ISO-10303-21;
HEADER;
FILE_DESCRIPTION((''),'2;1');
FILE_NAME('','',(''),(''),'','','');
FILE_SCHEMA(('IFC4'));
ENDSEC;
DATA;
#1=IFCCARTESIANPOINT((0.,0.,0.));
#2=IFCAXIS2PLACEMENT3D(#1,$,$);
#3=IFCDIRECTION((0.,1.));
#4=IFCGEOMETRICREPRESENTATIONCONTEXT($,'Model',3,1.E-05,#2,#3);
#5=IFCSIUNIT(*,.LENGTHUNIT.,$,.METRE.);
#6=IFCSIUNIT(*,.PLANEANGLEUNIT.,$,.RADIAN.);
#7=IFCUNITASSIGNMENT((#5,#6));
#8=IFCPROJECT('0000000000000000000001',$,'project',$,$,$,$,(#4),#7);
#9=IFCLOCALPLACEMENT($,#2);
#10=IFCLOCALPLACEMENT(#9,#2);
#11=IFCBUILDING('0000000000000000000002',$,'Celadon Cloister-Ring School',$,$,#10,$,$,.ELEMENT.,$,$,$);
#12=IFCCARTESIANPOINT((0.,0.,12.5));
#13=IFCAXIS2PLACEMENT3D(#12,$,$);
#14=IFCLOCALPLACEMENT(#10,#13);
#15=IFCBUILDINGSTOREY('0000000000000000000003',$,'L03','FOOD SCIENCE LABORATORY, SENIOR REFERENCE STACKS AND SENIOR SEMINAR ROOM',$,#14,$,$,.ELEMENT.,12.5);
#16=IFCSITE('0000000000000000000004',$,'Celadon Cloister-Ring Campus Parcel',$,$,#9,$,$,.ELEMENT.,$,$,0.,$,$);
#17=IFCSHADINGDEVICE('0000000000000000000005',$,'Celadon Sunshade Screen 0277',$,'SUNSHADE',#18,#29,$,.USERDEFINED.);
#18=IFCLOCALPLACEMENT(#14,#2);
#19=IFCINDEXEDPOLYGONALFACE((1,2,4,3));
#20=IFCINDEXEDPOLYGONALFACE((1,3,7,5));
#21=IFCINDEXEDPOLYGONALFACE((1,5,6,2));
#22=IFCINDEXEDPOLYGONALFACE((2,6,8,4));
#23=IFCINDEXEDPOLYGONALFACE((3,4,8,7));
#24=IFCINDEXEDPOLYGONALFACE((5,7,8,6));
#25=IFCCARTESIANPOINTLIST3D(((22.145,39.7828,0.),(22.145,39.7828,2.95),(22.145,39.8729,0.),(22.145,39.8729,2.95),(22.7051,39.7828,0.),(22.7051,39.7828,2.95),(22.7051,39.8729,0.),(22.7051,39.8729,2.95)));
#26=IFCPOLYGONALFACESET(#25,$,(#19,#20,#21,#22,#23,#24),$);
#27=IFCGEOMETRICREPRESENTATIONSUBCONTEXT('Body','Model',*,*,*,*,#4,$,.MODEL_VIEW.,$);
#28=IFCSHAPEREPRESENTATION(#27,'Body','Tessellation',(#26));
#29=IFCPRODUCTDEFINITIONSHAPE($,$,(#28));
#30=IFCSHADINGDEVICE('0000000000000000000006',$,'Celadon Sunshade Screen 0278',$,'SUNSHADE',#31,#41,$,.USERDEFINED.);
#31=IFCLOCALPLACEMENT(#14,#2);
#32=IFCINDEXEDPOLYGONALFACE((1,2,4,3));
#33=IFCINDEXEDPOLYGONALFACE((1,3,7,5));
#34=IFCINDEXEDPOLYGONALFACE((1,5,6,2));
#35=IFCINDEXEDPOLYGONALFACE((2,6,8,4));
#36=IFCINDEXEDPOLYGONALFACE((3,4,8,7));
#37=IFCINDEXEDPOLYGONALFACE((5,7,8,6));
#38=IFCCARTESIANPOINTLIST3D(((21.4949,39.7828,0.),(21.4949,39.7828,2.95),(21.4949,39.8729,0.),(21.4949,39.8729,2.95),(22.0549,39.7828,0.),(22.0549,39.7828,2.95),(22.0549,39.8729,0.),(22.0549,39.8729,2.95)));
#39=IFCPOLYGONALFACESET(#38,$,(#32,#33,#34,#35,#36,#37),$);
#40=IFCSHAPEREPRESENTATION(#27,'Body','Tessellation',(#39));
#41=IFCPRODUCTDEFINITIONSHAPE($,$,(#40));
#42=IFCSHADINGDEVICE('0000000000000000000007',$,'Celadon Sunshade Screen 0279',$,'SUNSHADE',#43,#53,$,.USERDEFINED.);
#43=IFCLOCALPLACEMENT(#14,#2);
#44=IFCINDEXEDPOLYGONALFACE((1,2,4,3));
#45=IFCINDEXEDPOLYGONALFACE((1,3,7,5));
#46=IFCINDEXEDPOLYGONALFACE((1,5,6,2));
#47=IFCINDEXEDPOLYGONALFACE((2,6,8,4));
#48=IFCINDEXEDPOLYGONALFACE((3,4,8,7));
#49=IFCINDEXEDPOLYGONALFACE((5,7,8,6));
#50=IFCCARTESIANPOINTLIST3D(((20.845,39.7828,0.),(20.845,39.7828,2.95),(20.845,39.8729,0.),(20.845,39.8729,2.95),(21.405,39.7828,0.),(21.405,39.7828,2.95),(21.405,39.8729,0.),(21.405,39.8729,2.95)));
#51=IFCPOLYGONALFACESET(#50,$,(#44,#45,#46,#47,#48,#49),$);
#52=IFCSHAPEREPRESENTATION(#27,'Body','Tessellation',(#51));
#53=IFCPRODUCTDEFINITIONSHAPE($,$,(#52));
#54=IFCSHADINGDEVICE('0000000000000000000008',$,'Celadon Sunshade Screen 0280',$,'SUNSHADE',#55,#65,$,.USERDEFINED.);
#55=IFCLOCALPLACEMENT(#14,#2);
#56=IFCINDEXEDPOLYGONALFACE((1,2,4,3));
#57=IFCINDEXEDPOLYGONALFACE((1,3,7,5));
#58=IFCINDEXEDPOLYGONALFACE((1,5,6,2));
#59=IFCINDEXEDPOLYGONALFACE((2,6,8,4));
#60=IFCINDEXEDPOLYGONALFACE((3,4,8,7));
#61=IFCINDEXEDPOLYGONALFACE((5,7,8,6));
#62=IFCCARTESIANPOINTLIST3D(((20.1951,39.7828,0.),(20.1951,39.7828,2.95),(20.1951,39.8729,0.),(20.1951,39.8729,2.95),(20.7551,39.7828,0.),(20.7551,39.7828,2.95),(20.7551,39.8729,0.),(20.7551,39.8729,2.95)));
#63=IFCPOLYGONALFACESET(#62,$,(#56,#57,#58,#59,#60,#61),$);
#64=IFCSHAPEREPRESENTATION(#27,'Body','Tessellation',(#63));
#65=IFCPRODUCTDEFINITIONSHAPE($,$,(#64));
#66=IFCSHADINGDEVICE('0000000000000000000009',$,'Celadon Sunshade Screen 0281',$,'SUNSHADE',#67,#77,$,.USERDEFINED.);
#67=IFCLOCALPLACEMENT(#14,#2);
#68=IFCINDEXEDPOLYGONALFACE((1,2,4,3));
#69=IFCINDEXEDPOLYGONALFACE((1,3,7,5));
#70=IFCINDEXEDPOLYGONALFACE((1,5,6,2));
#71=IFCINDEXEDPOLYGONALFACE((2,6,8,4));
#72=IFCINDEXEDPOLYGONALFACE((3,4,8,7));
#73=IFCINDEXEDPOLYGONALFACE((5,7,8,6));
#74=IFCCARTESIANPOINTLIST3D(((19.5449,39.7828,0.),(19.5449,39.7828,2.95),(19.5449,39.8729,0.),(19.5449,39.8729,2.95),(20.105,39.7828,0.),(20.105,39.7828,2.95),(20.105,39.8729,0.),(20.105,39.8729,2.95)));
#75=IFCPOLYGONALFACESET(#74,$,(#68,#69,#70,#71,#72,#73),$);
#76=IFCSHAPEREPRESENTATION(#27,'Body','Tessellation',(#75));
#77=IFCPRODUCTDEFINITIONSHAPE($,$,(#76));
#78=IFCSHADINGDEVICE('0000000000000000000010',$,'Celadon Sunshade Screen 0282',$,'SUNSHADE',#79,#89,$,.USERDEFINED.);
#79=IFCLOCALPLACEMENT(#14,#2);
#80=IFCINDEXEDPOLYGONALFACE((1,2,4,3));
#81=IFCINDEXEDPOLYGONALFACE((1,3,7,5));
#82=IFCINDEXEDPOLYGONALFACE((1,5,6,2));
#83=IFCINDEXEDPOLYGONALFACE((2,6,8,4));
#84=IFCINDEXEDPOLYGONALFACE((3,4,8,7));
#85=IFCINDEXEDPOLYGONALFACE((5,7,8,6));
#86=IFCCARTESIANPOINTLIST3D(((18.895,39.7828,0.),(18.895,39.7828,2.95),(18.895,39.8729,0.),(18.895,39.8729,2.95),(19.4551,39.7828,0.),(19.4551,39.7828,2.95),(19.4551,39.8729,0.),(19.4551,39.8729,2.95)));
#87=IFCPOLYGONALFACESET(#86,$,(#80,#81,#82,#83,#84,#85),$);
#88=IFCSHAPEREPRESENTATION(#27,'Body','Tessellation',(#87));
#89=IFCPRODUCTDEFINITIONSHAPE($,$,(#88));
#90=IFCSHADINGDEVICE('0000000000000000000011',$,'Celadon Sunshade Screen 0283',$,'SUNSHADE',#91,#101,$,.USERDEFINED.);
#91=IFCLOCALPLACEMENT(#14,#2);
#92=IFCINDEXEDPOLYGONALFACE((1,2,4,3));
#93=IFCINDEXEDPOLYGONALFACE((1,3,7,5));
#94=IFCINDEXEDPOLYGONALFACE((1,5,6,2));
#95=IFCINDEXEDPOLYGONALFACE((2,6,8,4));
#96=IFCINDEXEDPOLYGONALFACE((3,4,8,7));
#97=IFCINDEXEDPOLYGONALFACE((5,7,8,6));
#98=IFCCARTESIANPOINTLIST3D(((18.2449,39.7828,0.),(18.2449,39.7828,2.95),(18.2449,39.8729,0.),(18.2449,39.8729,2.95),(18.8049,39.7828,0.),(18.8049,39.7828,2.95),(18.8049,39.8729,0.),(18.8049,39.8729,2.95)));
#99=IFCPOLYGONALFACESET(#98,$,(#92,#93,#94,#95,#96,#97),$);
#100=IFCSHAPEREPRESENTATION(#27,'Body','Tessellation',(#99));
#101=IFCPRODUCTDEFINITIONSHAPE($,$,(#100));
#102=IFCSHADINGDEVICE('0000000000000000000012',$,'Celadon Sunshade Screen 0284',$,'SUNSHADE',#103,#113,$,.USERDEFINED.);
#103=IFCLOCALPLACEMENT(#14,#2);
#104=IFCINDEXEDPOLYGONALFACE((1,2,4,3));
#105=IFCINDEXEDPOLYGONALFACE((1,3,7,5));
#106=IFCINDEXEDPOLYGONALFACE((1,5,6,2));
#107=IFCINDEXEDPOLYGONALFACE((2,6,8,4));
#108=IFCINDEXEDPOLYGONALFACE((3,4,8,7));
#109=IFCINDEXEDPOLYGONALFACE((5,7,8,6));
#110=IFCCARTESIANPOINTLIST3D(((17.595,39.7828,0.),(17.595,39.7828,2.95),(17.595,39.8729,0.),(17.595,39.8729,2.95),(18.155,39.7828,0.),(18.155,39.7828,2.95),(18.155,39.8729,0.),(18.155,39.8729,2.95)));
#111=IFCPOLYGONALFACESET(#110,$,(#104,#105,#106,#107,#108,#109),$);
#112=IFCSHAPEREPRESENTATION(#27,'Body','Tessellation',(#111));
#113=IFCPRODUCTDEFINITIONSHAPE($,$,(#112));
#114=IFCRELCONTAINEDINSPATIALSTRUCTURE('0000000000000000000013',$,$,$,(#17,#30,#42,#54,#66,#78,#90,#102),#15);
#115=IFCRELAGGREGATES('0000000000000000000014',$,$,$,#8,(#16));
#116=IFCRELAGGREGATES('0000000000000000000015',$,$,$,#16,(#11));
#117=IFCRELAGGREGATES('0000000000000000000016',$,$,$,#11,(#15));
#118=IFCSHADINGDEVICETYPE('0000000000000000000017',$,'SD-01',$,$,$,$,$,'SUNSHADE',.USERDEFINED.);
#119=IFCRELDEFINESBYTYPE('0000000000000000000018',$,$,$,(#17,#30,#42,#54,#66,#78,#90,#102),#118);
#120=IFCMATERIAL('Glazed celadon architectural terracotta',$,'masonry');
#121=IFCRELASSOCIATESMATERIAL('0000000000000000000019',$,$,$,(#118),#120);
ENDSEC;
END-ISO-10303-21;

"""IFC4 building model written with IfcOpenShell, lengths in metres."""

from ifc_helpers import new_model, si_unit, direction, frame, origin, origin_2d, place, context, subcontext, project, spatial, rectangle, extrude, material, type_object, element, save


model = new_model("IFC4")

# Units and contexts
model_context = context("Model", 3, precision=1e-05, world=origin(), true_north=direction((0.0, 1.0)))
body_context = subcontext(model_context, "Body", "Model", "MODEL_VIEW")
ifc_project = project(units=[si_unit("LENGTHUNIT", "METRE"), si_unit("PLANEANGLEUNIT", "RADIAN")], contexts=[model_context])

# Site, building, storey
site_placement = place(None, origin())
site = spatial("IfcSite", under=ifc_project, at=site_placement, Name="Celadon Cloister-Ring Campus Parcel", CompositionType="ELEMENT", RefElevation=0.0)
building_placement = place(site_placement, origin())
building = spatial("IfcBuilding", under=site, at=building_placement, Name="Celadon Cloister-Ring School", CompositionType="ELEMENT")
storey_placement = place(building_placement, frame((0.0, 0.0, 12.5)))
storey = spatial("IfcBuildingStorey", under=building, at=storey_placement, Name="L03", Description="FOOD SCIENCE LABORATORY, SENIOR REFERENCE STACKS AND SENIOR SEMINAR ROOM", CompositionType="ELEMENT", Elevation=12.5)

# Shading devices
ifc_material_1 = material(Name="Glazed celadon architectural terracotta", Category="masonry")
shading_device_type = type_object("IfcShadingDeviceType", Name="SD-01", ElementType="SUNSHADE", PredefinedType="USERDEFINED", material=ifc_material_1)
for number, where, z_axis, x_axis, name in (
    (1, (22.425, 39.8279, 0.0), (0.0, 0.0, 1.0), (-1.0, 0.0, 0.0), "Celadon Sunshade Screen 0277"),
    (2, (21.7749, 39.8279, 0.0), (0.0, 0.0, 1.0), (-1.0, 0.0, 0.0), "Celadon Sunshade Screen 0278"),
    (3, (21.125, 39.8279, 0.0), (0.0, 0.0, 1.0), (-1.0, 0.0, 0.0), "Celadon Sunshade Screen 0279"),
    (4, (20.4751, 39.8279, 0.0), (0.0, 0.0, 1.0), (-1.0, 0.0, 0.0), "Celadon Sunshade Screen 0280"),
    (5, (19.825, 39.8279, 0.0), (0.0, 0.0, 1.0), (-1.0, 0.0, 0.0), "Celadon Sunshade Screen 0281"),
    (6, (19.175, 39.8279, 0.0), (0.0, 0.0, 1.0), (-1.0, 0.0, 0.0), "Celadon Sunshade Screen 0282"),
    (7, (18.5249, 39.8279, 0.0), (0.0, 0.0, 1.0), (-1.0, 0.0, 0.0), "Celadon Sunshade Screen 0283"),
    (8, (17.875, 39.8279, 0.0), (0.0, 0.0, 1.0), (-1.0, 0.0, 0.0), "Celadon Sunshade Screen 0284"),
):
    element("IfcShadingDevice", number, at=place(storey_placement, frame(where, z_axis=z_axis, x_axis=x_axis)), inside=storey, type_object=shading_device_type, Name=name, ObjectType="SUNSHADE", PredefinedType="USERDEFINED", context=body_context, shape_type="SweptSolid", body=[
        extrude(rectangle(XDim=0.5601, YDim=0.0901, at=origin_2d()), origin(), (0.0, 0.0, 1.0), 2.95),
    ])

save(model, "model.ifc")
